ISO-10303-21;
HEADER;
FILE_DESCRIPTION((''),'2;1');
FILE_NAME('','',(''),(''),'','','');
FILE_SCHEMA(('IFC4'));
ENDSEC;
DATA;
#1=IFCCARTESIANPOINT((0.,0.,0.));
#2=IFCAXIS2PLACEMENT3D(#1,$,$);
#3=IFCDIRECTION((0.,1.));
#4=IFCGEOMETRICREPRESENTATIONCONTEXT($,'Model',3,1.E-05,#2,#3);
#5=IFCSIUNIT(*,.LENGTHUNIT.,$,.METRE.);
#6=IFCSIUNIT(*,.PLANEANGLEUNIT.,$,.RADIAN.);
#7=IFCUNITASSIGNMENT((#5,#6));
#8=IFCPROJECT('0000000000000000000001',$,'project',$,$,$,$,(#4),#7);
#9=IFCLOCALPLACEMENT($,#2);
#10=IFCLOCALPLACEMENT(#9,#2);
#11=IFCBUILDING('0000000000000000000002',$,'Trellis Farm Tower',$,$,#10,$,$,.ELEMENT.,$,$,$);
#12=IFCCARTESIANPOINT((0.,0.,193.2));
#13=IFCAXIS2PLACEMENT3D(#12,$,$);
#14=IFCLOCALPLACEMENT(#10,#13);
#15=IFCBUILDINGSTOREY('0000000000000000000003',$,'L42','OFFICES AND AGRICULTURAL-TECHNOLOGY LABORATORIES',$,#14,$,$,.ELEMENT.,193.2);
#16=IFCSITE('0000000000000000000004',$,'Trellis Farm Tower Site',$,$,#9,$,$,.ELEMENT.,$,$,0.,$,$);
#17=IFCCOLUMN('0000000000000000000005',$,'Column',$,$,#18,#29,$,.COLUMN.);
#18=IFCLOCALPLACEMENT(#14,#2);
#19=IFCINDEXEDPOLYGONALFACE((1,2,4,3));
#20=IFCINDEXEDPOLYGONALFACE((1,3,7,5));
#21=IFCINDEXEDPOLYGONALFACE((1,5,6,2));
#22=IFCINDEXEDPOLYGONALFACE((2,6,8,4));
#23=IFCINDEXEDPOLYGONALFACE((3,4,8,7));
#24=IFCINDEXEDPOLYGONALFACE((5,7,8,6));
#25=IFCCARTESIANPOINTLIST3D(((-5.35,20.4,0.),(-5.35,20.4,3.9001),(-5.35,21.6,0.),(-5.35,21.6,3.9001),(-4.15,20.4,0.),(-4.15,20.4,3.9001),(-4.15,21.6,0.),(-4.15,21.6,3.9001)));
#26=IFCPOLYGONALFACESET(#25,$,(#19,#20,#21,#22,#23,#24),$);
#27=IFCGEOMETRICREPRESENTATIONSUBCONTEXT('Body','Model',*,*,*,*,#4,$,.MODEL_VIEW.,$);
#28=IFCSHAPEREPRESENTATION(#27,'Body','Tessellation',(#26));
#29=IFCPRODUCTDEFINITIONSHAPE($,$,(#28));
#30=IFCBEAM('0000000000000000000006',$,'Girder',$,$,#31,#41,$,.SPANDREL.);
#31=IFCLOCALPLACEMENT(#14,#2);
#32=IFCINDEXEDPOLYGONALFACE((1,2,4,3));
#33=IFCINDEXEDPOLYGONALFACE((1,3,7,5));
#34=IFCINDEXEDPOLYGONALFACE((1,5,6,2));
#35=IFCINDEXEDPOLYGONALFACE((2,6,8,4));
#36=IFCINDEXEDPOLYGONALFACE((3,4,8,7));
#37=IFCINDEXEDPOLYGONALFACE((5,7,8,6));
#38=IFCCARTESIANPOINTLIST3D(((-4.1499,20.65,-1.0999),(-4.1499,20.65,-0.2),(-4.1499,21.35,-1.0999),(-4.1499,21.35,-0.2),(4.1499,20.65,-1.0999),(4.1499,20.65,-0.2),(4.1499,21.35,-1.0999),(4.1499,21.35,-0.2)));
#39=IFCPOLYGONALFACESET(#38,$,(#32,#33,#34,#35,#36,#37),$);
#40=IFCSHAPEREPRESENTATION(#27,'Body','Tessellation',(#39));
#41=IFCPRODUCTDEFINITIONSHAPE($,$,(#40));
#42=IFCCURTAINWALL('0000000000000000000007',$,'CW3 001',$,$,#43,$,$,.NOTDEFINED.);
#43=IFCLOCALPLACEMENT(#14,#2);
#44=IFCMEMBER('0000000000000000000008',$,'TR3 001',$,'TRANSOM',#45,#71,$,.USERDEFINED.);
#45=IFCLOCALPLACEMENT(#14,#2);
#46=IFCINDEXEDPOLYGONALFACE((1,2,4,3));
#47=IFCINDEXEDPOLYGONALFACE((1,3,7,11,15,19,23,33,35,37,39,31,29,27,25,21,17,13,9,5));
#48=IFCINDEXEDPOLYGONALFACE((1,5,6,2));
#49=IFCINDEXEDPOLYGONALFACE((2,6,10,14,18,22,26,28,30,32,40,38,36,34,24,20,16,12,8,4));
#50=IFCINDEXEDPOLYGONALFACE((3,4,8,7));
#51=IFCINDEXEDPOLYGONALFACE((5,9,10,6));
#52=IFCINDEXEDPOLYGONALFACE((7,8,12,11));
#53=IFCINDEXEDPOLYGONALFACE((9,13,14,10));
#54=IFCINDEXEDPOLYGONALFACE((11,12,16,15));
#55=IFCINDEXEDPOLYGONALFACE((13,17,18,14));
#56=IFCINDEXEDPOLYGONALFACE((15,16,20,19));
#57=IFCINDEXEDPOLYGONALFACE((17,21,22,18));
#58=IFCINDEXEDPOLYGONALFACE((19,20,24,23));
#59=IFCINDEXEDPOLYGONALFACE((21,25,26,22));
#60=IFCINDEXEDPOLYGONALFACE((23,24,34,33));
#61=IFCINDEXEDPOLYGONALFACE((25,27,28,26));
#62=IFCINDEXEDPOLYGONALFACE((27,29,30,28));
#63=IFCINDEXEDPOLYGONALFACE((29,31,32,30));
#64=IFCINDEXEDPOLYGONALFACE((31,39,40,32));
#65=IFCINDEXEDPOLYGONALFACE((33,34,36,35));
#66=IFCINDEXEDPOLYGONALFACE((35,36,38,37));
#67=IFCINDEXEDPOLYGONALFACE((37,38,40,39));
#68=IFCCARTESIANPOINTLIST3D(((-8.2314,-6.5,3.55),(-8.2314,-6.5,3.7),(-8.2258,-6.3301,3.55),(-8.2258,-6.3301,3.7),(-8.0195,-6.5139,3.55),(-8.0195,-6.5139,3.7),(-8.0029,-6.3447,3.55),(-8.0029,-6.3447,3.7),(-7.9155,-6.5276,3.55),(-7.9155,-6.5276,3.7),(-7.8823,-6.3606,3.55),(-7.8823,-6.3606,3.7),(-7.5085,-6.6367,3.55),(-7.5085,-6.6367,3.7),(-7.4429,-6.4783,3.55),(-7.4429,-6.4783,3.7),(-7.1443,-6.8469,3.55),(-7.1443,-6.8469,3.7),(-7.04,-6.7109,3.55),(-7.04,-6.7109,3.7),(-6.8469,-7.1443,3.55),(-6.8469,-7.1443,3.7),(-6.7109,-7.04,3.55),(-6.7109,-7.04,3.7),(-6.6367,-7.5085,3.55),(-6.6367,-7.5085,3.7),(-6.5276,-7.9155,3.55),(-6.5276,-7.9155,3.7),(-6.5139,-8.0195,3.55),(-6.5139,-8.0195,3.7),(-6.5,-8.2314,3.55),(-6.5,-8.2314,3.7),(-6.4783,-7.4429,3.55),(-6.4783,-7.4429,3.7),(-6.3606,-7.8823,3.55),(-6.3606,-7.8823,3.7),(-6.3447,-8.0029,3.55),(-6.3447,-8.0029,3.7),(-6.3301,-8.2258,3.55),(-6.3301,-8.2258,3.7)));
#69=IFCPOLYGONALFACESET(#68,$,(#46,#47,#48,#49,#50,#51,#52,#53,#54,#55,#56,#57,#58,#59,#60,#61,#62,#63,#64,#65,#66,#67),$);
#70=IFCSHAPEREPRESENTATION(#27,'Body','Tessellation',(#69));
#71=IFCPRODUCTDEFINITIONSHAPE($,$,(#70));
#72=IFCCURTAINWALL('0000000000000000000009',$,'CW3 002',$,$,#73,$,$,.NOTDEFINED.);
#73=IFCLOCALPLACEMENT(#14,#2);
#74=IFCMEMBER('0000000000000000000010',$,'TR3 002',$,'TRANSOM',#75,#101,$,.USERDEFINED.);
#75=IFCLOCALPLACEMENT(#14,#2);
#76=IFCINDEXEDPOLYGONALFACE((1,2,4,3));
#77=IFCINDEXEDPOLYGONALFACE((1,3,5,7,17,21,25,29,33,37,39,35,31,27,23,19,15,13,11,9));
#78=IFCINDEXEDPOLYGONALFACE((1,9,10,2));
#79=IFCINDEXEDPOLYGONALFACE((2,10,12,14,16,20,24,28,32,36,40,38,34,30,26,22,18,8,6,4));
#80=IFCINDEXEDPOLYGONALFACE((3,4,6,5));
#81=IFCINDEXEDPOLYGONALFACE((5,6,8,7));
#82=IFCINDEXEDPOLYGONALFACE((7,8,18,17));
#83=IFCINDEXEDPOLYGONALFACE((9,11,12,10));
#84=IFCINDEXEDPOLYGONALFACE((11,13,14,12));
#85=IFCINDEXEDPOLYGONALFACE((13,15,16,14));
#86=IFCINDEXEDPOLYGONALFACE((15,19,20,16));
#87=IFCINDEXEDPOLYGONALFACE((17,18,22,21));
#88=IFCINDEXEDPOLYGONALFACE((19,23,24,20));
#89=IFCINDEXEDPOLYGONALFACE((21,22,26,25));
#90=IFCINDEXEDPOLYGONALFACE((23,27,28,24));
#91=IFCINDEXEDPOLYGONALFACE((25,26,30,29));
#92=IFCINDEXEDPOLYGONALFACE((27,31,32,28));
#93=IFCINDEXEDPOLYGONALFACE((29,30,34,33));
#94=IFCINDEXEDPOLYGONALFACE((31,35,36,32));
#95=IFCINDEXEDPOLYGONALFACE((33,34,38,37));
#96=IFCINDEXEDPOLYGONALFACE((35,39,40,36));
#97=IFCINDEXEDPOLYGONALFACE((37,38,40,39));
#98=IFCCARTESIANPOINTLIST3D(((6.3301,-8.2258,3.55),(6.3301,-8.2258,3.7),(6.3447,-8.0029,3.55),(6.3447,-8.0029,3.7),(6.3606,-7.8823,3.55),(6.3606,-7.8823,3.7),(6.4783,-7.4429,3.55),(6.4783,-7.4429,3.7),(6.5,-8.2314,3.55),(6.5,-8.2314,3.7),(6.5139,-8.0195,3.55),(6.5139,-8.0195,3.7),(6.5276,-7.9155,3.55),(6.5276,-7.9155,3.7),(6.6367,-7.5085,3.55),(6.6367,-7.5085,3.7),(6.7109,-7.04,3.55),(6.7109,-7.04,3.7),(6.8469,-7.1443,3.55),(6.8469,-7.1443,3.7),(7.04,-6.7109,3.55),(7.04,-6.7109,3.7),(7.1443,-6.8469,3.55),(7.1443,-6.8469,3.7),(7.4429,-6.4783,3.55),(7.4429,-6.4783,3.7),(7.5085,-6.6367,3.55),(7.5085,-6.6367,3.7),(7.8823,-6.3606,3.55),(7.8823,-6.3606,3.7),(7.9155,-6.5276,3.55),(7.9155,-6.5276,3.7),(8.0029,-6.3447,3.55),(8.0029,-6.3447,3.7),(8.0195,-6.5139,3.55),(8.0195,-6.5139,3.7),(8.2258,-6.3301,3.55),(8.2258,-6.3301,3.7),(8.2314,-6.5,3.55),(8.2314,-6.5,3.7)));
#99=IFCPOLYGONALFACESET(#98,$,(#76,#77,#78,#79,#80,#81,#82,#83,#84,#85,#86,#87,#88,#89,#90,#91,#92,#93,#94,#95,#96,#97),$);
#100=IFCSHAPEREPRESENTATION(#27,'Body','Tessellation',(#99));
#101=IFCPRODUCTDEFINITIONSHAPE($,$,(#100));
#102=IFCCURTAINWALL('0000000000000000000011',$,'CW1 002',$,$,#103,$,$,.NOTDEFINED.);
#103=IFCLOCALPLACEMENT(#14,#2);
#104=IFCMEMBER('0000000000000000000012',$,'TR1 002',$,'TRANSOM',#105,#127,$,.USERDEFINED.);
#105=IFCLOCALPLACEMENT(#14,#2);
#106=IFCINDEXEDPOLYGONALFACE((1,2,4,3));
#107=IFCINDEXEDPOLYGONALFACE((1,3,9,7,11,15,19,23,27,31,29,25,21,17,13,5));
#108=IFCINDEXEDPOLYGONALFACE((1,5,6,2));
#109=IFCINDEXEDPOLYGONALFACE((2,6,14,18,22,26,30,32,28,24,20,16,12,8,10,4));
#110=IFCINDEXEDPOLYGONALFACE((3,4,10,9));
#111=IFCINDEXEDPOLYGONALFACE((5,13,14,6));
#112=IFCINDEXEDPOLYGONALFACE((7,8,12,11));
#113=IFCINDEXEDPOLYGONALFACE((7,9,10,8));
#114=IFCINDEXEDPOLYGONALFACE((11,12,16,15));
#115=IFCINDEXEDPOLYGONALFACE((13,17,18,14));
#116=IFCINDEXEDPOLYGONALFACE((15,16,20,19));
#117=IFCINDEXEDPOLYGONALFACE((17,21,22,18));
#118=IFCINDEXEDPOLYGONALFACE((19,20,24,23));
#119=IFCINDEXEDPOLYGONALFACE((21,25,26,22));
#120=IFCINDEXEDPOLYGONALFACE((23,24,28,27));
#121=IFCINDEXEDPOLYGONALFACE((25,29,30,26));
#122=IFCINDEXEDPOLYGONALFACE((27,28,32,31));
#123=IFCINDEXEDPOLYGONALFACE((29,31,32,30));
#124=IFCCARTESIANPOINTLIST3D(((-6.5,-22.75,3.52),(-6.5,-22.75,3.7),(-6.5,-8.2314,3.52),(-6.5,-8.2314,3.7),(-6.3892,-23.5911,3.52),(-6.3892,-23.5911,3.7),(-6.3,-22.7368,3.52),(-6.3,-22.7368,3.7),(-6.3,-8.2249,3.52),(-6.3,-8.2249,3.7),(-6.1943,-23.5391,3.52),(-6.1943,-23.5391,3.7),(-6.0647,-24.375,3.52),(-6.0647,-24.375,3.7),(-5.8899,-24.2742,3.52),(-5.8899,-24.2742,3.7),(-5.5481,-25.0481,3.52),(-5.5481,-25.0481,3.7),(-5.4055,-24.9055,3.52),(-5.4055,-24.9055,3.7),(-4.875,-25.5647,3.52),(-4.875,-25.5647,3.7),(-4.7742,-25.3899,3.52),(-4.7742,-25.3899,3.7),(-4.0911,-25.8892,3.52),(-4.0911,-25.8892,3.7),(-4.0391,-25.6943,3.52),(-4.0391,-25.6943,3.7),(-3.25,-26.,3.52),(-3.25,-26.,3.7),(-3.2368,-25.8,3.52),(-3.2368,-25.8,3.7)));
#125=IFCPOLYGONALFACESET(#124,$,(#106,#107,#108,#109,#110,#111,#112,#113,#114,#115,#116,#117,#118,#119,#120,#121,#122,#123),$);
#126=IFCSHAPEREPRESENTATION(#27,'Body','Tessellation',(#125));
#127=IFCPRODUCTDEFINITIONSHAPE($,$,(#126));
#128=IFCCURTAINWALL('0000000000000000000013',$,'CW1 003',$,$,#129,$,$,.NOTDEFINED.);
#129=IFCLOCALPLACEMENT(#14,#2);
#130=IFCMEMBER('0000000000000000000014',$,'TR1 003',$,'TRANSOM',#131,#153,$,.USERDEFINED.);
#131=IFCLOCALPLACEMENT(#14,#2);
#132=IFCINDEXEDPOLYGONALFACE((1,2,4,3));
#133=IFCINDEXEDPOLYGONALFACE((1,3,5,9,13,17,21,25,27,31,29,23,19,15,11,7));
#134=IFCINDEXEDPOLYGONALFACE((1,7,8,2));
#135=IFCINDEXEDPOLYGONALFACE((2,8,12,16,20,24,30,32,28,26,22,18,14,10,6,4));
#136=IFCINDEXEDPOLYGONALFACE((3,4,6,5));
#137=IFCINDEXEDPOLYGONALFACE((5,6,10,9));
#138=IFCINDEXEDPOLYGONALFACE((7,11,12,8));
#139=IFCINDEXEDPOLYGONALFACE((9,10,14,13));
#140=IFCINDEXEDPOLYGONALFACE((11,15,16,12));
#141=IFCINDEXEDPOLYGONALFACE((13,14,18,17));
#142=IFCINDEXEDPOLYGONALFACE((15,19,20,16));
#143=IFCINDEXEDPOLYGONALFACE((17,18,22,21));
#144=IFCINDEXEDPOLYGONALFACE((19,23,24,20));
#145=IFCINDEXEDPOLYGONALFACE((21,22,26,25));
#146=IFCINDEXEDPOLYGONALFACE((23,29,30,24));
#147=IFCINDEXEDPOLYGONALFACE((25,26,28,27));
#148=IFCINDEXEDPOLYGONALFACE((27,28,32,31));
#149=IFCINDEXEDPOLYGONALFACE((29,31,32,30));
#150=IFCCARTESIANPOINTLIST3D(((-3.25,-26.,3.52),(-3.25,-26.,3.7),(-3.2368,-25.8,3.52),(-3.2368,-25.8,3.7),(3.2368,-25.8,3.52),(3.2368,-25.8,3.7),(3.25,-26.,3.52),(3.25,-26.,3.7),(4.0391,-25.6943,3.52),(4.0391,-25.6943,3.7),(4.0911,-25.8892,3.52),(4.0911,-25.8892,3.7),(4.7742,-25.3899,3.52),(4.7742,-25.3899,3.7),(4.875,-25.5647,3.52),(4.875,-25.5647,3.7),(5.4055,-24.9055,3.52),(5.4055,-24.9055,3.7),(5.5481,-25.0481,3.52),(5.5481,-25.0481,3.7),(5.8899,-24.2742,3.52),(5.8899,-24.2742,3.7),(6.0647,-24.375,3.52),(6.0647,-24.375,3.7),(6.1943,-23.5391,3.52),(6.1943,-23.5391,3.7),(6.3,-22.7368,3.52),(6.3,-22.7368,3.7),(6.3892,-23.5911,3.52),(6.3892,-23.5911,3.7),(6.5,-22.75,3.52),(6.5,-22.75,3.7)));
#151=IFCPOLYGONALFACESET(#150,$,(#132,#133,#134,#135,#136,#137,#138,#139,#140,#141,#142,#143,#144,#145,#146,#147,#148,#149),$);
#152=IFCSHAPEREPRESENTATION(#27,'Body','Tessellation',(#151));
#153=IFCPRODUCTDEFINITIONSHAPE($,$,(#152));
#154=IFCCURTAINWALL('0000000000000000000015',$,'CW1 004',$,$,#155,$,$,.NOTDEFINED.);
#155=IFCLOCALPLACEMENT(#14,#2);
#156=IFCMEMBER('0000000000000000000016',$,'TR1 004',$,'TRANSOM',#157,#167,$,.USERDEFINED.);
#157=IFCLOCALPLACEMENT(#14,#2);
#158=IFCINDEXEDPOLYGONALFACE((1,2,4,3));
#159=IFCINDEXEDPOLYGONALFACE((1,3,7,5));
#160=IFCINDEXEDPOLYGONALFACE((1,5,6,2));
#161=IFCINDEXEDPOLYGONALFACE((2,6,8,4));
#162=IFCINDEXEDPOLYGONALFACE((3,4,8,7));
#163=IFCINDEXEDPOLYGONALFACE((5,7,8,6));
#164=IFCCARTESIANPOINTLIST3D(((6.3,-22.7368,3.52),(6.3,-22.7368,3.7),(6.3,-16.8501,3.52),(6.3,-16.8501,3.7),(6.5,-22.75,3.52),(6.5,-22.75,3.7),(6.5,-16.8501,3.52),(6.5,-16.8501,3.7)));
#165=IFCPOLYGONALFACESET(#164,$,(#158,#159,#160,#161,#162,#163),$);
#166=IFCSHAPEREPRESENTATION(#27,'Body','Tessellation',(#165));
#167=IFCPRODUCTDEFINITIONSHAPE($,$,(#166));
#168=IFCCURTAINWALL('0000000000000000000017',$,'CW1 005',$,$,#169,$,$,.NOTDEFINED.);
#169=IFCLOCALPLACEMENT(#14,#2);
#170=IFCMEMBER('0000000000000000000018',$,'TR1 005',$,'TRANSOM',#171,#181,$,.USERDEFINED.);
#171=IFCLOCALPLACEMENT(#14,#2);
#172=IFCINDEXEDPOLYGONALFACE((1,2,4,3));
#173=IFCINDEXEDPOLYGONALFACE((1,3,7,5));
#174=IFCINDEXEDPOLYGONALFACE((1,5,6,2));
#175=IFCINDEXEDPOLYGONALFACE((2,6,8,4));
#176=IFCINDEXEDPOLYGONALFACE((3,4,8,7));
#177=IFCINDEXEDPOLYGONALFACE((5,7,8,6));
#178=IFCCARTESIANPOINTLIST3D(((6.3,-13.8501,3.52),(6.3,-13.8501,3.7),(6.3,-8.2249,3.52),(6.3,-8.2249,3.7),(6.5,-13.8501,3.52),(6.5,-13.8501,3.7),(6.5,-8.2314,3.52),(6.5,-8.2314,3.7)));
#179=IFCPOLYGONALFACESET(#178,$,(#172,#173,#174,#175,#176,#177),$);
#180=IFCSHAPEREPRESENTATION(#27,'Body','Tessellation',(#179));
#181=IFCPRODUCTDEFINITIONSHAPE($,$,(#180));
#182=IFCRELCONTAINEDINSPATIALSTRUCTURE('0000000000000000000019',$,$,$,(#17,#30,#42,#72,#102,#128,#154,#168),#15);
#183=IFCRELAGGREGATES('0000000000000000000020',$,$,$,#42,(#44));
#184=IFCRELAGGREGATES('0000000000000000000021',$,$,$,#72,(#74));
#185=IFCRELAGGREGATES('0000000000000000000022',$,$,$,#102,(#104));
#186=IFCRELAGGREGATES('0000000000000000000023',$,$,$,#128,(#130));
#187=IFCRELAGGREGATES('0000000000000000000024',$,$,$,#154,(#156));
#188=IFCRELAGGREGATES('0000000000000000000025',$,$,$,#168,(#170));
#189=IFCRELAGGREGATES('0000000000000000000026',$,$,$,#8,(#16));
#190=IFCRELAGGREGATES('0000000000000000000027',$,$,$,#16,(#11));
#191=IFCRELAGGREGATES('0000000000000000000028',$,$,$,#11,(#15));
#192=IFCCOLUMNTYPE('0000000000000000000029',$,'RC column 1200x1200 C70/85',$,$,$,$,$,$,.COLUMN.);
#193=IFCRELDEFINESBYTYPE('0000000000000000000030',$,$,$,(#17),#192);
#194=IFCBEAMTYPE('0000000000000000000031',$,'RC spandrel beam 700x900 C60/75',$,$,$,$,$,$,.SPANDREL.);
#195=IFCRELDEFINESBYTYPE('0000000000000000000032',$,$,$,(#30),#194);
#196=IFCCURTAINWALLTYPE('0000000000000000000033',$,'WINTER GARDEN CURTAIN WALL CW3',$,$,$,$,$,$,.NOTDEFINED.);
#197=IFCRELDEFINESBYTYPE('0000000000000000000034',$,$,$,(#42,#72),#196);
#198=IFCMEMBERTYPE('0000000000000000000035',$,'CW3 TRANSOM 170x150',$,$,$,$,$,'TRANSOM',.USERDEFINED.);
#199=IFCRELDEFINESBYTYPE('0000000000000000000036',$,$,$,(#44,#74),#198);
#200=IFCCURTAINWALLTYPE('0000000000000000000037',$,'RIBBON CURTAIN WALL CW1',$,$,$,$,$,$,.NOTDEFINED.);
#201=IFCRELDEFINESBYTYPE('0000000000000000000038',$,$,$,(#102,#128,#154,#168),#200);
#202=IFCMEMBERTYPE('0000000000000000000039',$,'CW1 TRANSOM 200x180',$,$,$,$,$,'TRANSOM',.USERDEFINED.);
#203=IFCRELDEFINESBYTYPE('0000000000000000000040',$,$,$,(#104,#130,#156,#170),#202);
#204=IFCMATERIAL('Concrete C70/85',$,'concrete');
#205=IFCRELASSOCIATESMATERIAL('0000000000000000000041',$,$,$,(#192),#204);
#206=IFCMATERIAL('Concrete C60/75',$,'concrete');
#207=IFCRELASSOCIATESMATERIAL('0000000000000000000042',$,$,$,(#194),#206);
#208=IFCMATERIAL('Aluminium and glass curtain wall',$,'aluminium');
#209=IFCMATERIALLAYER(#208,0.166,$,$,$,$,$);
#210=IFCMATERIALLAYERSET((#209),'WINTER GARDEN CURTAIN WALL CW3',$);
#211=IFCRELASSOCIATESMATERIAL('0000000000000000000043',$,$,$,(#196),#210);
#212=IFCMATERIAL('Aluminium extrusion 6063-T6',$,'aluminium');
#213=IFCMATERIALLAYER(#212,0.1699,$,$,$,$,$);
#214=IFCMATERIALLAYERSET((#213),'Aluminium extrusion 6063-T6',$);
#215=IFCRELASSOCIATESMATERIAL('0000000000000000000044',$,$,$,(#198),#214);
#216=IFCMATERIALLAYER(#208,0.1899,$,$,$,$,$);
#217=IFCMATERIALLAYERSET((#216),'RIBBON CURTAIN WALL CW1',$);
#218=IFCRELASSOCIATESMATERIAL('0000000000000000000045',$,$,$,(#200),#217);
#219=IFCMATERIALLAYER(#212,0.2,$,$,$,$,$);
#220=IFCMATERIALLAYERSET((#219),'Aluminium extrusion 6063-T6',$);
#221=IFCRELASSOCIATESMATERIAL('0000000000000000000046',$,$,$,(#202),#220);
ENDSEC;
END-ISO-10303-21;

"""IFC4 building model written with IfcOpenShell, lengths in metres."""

from ifc_helpers import new_model, si_unit, direction, frame, origin, origin_2d, place, context, subcontext, project, spatial, polyline, rectangle, outline, extrude, source, transform, mapped, material, layer, layer_set, material_profile, profile_set, type_object, element, aggregate, save


model = new_model("IFC4")

# Units and contexts
model_context = context("Model", 3, precision=1e-05, world=origin(), true_north=direction((0.0, 1.0)))
body_context = subcontext(model_context, "Body", "Model", "MODEL_VIEW")
ifc_project = project(units=[si_unit("LENGTHUNIT", "METRE"), si_unit("PLANEANGLEUNIT", "RADIAN")], contexts=[model_context])

# Site, building, storey
site_placement = place(None, origin())
site = spatial("IfcSite", under=ifc_project, at=site_placement, Name="Trellis Farm Tower Site", CompositionType="ELEMENT", RefElevation=0.0)
building_placement = place(site_placement, origin())
building = spatial("IfcBuilding", under=site, at=building_placement, Name="Trellis Farm Tower", CompositionType="ELEMENT")
storey_placement = place(building_placement, frame((0.0, 0.0, 193.2)))
storey = spatial("IfcBuildingStorey", under=building, at=storey_placement, Name="L42", Description="OFFICES AND AGRICULTURAL-TECHNOLOGY LABORATORIES", CompositionType="ELEMENT", Elevation=193.2)

# Column
ifc_material_1 = material(Name="Concrete C70/85", Category="concrete")
ifc_material_profile_1 = material_profile(ifc_material_1, rectangle(XDim=1.2, YDim=1.2, at=origin_2d()), Name="RC column 1200x1200 C70/85")
ifc_profile_set_1 = profile_set([ifc_material_profile_1], Name="Concrete C70/85")
column_type = type_object("IfcColumnType", Name="RC column 1200x1200 C70/85", PredefinedType="COLUMN", material=ifc_profile_set_1)
shared_shape_1 = source(origin(), body_context, "Body", "SweptSolid", [
    extrude(rectangle(XDim=1.2, YDim=1.2, at=origin_2d()), origin(), (0.0, 0.0, 1.0), 3.9001),
])
column_placement = place(storey_placement, frame((-4.75, 21.0, 0.0), z_axis=(0.0, 0.0, 1.0), x_axis=(1.0, 0.0, 0.0)))
element("IfcColumn", 1, at=column_placement, inside=storey, type_object=column_type, Name="Column", PredefinedType="COLUMN", context=body_context, shape_type="MappedRepresentation", body=[
    mapped(shared_shape_1, transform((0.0, 0.0, 0.0))),
])

# Beam
ifc_material_2 = material(Name="Concrete C60/75", Category="concrete")
ifc_material_profile_2 = material_profile(ifc_material_2, rectangle(XDim=0.7, YDim=0.8999, at=origin_2d()), Name="RC spandrel beam 700x900 C60/75")
ifc_profile_set_2 = profile_set([ifc_material_profile_2], Name="Concrete C60/75")
beam_type = type_object("IfcBeamType", Name="RC spandrel beam 700x900 C60/75", PredefinedType="SPANDREL", material=ifc_profile_set_2)
shared_shape_2 = source(origin(), body_context, "Body", "SweptSolid", [
    extrude(rectangle(XDim=0.7, YDim=0.8999, at=origin_2d()), origin(), (0.0, 0.0, 1.0), 8.2998),
])
beam_placement = place(storey_placement, frame((-4.1499, 21.0, -0.6499), z_axis=(1.0, 0.0, 0.0), x_axis=(0.0, 1.0, 0.0)))
element("IfcBeam", 2, at=beam_placement, inside=storey, type_object=beam_type, Name="Girder", PredefinedType="SPANDREL", context=body_context, shape_type="MappedRepresentation", body=[
    mapped(shared_shape_2, transform((0.0, 0.0, 0.0))),
])

# Curtain walls, members
ifc_material_3 = material(Name="Aluminium and glass curtain wall", Category="aluminium")
ifc_layer_1 = layer(ifc_material_3, 0.166)
ifc_layer_set_1 = layer_set([ifc_layer_1], Name="WINTER GARDEN CURTAIN WALL CW3")
curtain_wall_type_1 = type_object("IfcCurtainWallType", Name="WINTER GARDEN CURTAIN WALL CW3", PredefinedType="NOTDEFINED", material=ifc_layer_set_1)
placement_1 = place(storey_placement, origin())
curtain_wall_1 = element("IfcCurtainWall", 3, at=placement_1, inside=storey, type_object=curtain_wall_type_1, Name="CW3 001", PredefinedType="NOTDEFINED")
ifc_material_4 = material(Name="Aluminium extrusion 6063-T6", Category="aluminium")
ifc_layer_2 = layer(ifc_material_4, 0.1699)
ifc_layer_set_2 = layer_set([ifc_layer_2], Name="Aluminium extrusion 6063-T6")
member_type_1 = type_object("IfcMemberType", Name="CW3 TRANSOM 170x150", ElementType="TRANSOM", PredefinedType="USERDEFINED", material=ifc_layer_set_2)
shared_shape_3 = source(origin(), body_context, "Body", "SweptSolid", [
    extrude(outline(polyline([(-8.2314, -6.5), (-8.0195, -6.5139), (-7.9155, -6.5276), (-7.5085, -6.6367), (-7.1443, -6.8469), (-6.8469, -7.1443), (-6.6367, -7.5085), (-6.5276, -7.9155), (-6.5139, -8.0195), (-6.5, -8.2314), (-6.3301, -8.2258), (-6.3447, -8.0029), (-6.3606, -7.8823), (-6.4783, -7.4429), (-6.7109, -7.04), (-7.04, -6.7109), (-7.4429, -6.4783), (-7.8823, -6.3606), (-8.0029, -6.3447), (-8.2258, -6.3301), (-8.2314, -6.5)])), origin(), (0.0, 0.0, 1.0), 0.1499),
])
placement_2 = place(storey_placement, frame((0.0, 0.0, 3.55)))
member_1 = element("IfcMember", 4, at=placement_2, type_object=member_type_1, Name="TR3 001", ObjectType="TRANSOM", PredefinedType="USERDEFINED", context=body_context, shape_type="MappedRepresentation", body=[
    mapped(shared_shape_3, transform((0.0, 0.0, 0.0))),
])
curtain_wall_2 = element("IfcCurtainWall", 5, at=placement_1, inside=storey, type_object=curtain_wall_type_1, Name="CW3 002", PredefinedType="NOTDEFINED")
shared_shape_4 = source(origin(), body_context, "Body", "SweptSolid", [
    extrude(outline(polyline([(6.5, -8.2314), (6.5139, -8.0195), (6.5276, -7.9155), (6.6367, -7.5085), (6.8469, -7.1443), (7.1443, -6.8469), (7.5085, -6.6367), (7.9155, -6.5276), (8.0195, -6.5139), (8.2314, -6.5), (8.2258, -6.3301), (8.0029, -6.3447), (7.8823, -6.3606), (7.4429, -6.4783), (7.04, -6.7109), (6.7109, -7.04), (6.4783, -7.4429), (6.3606, -7.8823), (6.3447, -8.0029), (6.3301, -8.2258), (6.5, -8.2314)])), origin(), (0.0, 0.0, 1.0), 0.1499),
])
member_2 = element("IfcMember", 6, at=placement_2, type_object=member_type_1, Name="TR3 002", ObjectType="TRANSOM", PredefinedType="USERDEFINED", context=body_context, shape_type="MappedRepresentation", body=[
    mapped(shared_shape_4, transform((0.0, 0.0, 0.0))),
])
ifc_layer_3 = layer(ifc_material_3, 0.1899)
ifc_layer_set_3 = layer_set([ifc_layer_3], Name="RIBBON CURTAIN WALL CW1")
curtain_wall_type_2 = type_object("IfcCurtainWallType", Name="RIBBON CURTAIN WALL CW1", PredefinedType="NOTDEFINED", material=ifc_layer_set_3)
curtain_wall_3 = element("IfcCurtainWall", 7, at=placement_1, inside=storey, type_object=curtain_wall_type_2, Name="CW1 002", PredefinedType="NOTDEFINED")
ifc_layer_4 = layer(ifc_material_4, 0.2)
ifc_layer_set_4 = layer_set([ifc_layer_4], Name="Aluminium extrusion 6063-T6")
member_type_2 = type_object("IfcMemberType", Name="CW1 TRANSOM 200x180", ElementType="TRANSOM", PredefinedType="USERDEFINED", material=ifc_layer_set_4)
shared_shape_5 = source(origin(), body_context, "Body", "SweptSolid", [
    extrude(outline(polyline([(-6.5, -8.2314), (-6.5, -22.75), (-6.3892, -23.5911), (-6.0647, -24.375), (-5.5481, -25.0481), (-4.875, -25.5647), (-4.0911, -25.8892), (-3.25, -26.0), (-3.2368, -25.8), (-4.0391, -25.6943), (-4.7742, -25.3899), (-5.4055, -24.9055), (-5.8899, -24.2742), (-6.1943, -23.5391), (-6.3, -22.7368), (-6.3, -8.2249), (-6.5, -8.2314)])), origin(), (0.0, 0.0, 1.0), 0.1799),
])
placement_3 = place(storey_placement, frame((0.0, 0.0, 3.52)))
member_3 = element("IfcMember", 8, at=placement_3, type_object=member_type_2, Name="TR1 002", ObjectType="TRANSOM", PredefinedType="USERDEFINED", context=body_context, shape_type="MappedRepresentation", body=[
    mapped(shared_shape_5, transform((0.0, 0.0, 0.0))),
])
curtain_wall_4 = element("IfcCurtainWall", 9, at=placement_1, inside=storey, type_object=curtain_wall_type_2, Name="CW1 003", PredefinedType="NOTDEFINED")
shared_shape_6 = source(origin(), body_context, "Body", "SweptSolid", [
    extrude(outline(polyline([(-3.25, -26.0), (3.25, -26.0), (4.0911, -25.8892), (4.875, -25.5647), (5.5481, -25.0481), (6.0647, -24.375), (6.3892, -23.5911), (6.5, -22.75), (6.3, -22.7368), (6.1943, -23.5391), (5.8899, -24.2742), (5.4055, -24.9055), (4.7742, -25.3899), (4.0391, -25.6943), (3.2368, -25.8), (-3.2368, -25.8), (-3.25, -26.0)])), origin(), (0.0, 0.0, 1.0), 0.1799),
])
member_4 = element("IfcMember", 10, at=placement_3, type_object=member_type_2, Name="TR1 003", ObjectType="TRANSOM", PredefinedType="USERDEFINED", context=body_context, shape_type="MappedRepresentation", body=[
    mapped(shared_shape_6, transform((0.0, 0.0, 0.0))),
])
curtain_wall_5 = element("IfcCurtainWall", 11, at=placement_1, inside=storey, type_object=curtain_wall_type_2, Name="CW1 004", PredefinedType="NOTDEFINED")
shared_shape_7 = source(origin(), body_context, "Body", "SweptSolid", [
    extrude(outline(polyline([(6.5, -22.75), (6.5, -16.8501), (6.3, -16.8501), (6.3, -22.7368), (6.5, -22.75)])), origin(), (0.0, 0.0, 1.0), 0.1799),
])
member_5 = element("IfcMember", 12, at=placement_3, type_object=member_type_2, Name="TR1 004", ObjectType="TRANSOM", PredefinedType="USERDEFINED", context=body_context, shape_type="MappedRepresentation", body=[
    mapped(shared_shape_7, transform((0.0, 0.0, 0.0))),
])
curtain_wall_6 = element("IfcCurtainWall", 13, at=placement_1, inside=storey, type_object=curtain_wall_type_2, Name="CW1 005", PredefinedType="NOTDEFINED")
shared_shape_8 = source(origin(), body_context, "Body", "SweptSolid", [
    extrude(outline(polyline([(6.5, -13.8501), (6.5, -8.2314), (6.3, -8.2249), (6.3, -13.8501), (6.5, -13.8501)])), origin(), (0.0, 0.0, 1.0), 0.1799),
])
member_6 = element("IfcMember", 14, at=placement_3, type_object=member_type_2, Name="TR1 005", ObjectType="TRANSOM", PredefinedType="USERDEFINED", context=body_context, shape_type="MappedRepresentation", body=[
    mapped(shared_shape_8, transform((0.0, 0.0, 0.0))),
])

aggregate(curtain_wall_1, [member_1])
aggregate(curtain_wall_2, [member_2])
aggregate(curtain_wall_3, [member_3])
aggregate(curtain_wall_4, [member_4])
aggregate(curtain_wall_5, [member_5])
aggregate(curtain_wall_6, [member_6])

save(model, "model.ifc")
